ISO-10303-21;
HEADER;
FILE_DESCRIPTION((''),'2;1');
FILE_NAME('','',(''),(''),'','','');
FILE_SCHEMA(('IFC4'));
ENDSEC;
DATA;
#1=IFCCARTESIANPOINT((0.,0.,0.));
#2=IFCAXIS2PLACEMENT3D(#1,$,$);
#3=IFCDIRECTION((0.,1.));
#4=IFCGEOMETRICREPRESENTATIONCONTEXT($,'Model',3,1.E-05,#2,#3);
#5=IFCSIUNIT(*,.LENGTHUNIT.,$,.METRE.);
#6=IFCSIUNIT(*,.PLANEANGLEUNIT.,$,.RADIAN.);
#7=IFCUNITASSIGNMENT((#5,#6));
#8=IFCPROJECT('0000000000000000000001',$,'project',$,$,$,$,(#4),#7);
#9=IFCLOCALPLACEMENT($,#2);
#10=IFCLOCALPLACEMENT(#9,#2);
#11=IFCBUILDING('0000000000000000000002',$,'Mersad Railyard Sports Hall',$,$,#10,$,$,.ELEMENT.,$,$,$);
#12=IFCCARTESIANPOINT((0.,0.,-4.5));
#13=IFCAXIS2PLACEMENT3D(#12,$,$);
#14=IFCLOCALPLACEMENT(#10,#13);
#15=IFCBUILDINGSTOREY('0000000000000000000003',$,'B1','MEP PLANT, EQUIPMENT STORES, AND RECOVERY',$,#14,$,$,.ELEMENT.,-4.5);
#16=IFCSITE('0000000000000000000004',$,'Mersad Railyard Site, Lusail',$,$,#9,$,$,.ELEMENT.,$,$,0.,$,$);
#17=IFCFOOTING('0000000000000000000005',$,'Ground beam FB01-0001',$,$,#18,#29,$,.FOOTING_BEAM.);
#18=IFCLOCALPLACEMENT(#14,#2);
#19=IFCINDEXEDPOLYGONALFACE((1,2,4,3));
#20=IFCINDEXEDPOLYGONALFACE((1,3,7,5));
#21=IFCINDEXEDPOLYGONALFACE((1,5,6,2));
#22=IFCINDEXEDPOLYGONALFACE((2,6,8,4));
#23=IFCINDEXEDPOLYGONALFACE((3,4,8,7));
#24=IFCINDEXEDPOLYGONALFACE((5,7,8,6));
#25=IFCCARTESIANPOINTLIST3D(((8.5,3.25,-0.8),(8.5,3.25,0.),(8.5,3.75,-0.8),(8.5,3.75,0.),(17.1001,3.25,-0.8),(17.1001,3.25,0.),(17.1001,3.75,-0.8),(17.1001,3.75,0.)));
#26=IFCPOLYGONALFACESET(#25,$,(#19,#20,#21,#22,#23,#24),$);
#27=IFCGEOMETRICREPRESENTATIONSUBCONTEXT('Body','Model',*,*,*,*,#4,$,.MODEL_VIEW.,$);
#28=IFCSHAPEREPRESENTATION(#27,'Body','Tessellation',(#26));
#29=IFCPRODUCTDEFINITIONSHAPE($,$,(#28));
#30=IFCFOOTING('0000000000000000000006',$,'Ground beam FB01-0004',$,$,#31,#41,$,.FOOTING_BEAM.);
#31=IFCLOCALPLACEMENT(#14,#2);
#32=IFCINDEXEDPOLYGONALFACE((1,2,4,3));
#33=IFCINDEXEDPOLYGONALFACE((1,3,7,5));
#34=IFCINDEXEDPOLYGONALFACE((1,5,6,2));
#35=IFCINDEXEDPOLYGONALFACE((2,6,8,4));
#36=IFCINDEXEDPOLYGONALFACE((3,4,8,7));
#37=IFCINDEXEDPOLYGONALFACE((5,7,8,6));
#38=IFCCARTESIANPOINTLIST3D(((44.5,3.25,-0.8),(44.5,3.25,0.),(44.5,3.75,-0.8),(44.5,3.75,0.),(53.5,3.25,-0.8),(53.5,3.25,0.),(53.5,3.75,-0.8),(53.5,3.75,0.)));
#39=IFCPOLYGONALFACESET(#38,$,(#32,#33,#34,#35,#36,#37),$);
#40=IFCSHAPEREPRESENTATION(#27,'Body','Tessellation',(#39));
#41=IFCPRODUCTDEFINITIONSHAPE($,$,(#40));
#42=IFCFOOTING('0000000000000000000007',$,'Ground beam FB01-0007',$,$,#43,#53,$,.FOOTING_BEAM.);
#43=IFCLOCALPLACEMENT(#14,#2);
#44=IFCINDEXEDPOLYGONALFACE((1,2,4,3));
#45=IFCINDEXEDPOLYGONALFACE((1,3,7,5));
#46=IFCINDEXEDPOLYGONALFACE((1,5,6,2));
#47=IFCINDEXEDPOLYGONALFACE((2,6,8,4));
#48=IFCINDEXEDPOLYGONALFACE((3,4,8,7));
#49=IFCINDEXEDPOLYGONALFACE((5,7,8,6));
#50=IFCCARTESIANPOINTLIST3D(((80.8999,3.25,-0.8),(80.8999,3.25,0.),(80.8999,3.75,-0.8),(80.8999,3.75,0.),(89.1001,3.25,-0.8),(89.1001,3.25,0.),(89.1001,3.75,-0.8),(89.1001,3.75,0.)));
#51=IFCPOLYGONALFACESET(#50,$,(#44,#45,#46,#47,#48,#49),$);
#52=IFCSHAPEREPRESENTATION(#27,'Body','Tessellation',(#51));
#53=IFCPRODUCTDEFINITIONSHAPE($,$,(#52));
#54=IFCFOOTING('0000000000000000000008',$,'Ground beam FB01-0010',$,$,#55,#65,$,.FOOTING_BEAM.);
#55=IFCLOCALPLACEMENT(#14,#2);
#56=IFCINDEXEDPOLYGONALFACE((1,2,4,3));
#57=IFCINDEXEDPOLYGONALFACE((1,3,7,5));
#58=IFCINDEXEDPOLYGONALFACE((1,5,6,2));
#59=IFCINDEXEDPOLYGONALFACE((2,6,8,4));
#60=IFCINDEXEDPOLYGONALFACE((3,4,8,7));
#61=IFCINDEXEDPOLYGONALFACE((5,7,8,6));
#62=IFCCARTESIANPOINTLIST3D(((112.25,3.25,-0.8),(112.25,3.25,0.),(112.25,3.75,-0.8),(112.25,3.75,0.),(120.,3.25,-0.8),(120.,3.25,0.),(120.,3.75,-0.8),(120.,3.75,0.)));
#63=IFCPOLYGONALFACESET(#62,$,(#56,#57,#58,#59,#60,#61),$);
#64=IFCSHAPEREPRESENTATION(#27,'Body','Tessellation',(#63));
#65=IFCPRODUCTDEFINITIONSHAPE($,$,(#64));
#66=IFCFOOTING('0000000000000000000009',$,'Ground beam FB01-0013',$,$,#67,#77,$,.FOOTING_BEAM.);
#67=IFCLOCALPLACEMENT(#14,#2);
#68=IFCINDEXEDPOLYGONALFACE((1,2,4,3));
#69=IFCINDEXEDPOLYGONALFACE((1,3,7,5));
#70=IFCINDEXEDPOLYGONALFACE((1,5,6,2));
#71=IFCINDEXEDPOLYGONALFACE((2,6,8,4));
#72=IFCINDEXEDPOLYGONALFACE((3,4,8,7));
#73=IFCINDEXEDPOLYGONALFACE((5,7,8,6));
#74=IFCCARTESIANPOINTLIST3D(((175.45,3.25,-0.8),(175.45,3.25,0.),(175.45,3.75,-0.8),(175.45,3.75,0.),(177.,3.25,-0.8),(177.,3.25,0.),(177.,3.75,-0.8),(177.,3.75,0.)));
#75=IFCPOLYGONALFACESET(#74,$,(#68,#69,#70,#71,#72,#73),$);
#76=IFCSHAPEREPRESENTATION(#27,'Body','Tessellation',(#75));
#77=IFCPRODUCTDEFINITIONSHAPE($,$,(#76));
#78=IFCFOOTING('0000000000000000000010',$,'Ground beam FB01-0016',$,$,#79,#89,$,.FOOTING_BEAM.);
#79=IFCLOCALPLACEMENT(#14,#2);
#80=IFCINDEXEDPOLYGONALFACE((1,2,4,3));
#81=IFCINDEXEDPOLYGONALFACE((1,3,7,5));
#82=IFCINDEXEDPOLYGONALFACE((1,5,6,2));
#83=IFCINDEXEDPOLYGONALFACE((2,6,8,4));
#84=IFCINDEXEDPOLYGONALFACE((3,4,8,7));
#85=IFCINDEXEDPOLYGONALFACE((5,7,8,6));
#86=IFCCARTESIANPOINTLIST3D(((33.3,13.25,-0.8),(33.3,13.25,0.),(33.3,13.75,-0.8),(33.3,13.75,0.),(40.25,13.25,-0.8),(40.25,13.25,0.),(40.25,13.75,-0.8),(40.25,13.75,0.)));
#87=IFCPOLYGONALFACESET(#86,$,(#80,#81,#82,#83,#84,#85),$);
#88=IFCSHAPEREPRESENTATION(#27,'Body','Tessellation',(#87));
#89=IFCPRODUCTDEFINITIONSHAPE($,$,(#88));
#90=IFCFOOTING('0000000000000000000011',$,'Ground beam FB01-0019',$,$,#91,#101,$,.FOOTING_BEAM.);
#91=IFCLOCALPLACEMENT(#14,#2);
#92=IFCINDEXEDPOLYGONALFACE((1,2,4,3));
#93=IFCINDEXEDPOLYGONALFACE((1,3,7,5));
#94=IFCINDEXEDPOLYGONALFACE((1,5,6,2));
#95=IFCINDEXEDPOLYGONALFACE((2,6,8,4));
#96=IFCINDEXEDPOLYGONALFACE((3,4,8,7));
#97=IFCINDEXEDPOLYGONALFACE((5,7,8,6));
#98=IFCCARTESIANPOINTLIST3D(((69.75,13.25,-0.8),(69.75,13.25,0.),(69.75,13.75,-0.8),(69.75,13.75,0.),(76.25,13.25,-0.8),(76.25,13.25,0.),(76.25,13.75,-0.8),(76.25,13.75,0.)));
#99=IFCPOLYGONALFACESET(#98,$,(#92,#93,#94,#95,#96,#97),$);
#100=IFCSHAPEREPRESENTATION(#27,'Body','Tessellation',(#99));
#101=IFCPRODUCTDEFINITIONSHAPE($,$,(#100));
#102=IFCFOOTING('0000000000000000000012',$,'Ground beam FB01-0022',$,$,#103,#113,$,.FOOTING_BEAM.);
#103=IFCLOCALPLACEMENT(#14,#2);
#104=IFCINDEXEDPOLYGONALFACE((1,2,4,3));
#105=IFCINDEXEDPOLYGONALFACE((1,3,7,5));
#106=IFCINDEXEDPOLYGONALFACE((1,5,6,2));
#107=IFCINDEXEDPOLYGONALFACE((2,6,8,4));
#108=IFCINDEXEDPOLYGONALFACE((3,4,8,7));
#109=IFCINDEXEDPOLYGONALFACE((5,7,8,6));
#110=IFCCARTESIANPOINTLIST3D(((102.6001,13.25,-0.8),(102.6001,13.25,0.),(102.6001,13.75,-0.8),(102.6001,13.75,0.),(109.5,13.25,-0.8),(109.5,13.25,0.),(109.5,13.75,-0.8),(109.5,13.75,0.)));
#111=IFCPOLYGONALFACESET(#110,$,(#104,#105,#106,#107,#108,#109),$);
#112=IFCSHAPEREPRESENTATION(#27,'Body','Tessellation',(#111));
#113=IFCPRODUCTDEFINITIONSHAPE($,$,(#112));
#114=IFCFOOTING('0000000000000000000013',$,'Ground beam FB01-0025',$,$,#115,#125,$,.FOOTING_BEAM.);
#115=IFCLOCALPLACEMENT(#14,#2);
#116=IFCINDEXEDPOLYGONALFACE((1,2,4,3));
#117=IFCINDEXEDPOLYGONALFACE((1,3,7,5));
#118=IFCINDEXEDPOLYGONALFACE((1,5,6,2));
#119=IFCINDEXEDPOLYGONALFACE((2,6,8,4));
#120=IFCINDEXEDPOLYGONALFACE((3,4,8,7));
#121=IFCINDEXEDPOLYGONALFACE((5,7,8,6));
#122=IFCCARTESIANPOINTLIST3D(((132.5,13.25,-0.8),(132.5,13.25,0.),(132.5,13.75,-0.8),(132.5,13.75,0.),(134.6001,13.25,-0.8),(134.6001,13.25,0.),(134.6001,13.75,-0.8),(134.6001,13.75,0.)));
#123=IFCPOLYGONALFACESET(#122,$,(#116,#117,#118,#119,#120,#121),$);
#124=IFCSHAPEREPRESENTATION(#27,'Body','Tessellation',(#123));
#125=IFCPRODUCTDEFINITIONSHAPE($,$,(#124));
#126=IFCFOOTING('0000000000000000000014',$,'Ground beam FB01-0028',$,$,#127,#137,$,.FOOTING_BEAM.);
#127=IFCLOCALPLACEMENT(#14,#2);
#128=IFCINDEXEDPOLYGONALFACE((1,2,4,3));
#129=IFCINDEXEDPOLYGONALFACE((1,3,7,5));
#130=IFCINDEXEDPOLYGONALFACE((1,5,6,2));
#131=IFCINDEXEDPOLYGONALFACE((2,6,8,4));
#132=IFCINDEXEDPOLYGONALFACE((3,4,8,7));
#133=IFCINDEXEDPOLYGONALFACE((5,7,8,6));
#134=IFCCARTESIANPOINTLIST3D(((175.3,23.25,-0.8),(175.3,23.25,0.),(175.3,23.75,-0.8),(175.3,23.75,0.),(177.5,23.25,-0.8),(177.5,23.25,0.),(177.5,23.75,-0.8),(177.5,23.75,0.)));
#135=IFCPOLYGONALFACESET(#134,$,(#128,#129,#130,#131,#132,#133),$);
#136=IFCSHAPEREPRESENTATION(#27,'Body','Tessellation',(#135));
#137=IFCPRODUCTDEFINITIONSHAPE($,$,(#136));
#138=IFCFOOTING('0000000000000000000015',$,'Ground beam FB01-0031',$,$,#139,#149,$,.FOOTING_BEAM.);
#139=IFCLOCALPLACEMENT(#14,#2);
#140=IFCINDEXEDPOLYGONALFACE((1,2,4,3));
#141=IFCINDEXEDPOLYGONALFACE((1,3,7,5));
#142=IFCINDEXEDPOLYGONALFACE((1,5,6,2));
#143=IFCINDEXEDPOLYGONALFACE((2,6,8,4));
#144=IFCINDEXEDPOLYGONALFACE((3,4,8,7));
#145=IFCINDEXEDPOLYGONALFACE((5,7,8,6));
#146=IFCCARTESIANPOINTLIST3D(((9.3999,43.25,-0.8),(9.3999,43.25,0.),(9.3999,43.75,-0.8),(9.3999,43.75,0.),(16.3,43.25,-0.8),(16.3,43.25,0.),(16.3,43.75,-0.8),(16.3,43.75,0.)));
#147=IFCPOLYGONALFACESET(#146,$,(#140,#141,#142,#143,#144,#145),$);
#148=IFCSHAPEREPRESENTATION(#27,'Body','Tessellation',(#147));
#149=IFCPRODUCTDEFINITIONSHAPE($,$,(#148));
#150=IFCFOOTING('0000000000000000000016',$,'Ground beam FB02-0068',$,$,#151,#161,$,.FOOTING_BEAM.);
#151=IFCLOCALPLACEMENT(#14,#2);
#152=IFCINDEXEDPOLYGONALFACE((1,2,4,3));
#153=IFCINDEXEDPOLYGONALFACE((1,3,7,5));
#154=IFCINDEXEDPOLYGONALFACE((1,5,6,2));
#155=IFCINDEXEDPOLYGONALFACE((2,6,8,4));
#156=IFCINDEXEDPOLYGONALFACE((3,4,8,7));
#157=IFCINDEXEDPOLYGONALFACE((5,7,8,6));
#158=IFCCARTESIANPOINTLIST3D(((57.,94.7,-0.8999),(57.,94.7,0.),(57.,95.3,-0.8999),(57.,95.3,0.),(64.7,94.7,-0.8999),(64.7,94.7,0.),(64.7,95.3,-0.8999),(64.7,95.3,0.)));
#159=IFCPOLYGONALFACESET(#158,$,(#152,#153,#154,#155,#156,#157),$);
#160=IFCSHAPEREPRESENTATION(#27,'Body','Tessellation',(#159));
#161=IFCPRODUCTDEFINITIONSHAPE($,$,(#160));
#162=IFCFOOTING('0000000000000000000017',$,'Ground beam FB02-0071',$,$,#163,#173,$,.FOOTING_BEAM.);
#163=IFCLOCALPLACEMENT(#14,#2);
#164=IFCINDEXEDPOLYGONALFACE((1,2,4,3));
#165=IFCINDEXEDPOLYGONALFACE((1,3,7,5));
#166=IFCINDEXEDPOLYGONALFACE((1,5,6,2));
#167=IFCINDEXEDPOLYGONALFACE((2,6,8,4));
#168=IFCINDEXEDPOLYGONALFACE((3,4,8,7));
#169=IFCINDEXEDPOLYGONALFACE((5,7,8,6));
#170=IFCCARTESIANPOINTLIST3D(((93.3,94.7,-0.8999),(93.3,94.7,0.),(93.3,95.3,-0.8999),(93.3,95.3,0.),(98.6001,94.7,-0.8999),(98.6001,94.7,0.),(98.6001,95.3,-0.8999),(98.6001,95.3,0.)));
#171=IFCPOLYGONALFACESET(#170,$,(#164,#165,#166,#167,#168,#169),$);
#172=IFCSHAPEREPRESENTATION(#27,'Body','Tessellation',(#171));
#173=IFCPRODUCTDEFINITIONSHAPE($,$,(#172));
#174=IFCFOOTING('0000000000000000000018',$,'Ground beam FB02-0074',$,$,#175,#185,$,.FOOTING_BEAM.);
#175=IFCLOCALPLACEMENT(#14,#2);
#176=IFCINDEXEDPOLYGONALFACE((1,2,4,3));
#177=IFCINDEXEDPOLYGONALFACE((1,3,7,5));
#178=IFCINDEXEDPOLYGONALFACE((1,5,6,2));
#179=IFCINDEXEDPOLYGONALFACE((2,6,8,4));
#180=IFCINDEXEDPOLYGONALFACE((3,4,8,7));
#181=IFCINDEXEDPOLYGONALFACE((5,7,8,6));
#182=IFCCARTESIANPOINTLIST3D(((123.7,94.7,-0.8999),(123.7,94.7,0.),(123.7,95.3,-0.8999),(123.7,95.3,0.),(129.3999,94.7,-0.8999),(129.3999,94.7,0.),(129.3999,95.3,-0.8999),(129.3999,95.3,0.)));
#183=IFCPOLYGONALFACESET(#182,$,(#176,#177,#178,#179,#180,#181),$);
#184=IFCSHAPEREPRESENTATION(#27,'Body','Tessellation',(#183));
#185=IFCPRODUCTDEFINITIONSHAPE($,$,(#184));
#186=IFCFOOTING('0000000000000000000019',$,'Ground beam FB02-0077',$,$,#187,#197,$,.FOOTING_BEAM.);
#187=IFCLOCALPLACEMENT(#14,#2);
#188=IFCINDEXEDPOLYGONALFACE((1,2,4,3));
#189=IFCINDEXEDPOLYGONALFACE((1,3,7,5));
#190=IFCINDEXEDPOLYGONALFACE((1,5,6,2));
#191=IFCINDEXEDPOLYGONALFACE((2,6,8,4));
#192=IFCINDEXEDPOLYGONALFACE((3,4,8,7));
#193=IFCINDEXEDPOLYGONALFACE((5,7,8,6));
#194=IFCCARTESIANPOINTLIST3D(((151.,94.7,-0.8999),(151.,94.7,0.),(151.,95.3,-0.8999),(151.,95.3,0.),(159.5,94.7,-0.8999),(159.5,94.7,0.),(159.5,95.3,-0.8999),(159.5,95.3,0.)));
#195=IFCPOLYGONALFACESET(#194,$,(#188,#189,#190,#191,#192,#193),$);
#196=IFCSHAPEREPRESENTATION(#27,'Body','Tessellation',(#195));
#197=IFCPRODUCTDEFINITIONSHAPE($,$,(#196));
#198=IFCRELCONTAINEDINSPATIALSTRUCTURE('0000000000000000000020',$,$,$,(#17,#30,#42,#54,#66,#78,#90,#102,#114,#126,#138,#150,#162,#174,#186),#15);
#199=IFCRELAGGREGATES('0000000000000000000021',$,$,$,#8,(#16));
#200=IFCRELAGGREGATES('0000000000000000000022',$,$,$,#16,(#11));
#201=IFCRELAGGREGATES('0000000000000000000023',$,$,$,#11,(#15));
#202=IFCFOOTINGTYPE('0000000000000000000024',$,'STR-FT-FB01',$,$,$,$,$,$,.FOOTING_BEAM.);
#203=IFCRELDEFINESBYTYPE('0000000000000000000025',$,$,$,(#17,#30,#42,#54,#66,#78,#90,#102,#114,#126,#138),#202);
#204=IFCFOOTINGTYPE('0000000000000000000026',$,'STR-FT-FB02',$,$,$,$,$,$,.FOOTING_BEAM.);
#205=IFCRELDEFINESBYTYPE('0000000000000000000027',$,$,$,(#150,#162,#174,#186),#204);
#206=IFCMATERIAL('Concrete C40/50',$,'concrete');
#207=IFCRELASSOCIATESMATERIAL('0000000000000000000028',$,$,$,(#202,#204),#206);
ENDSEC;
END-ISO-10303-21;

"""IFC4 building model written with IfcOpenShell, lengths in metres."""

from ifc_helpers import new_model, si_unit, direction, frame, origin, place, context, subcontext, project, spatial, polyline, outline, extrude, material, type_object, element, save


model = new_model("IFC4")

# Units and contexts
model_context = context("Model", 3, precision=1e-05, world=origin(), true_north=direction((0.0, 1.0)))
body_context = subcontext(model_context, "Body", "Model", "MODEL_VIEW")
ifc_project = project(units=[si_unit("LENGTHUNIT", "METRE"), si_unit("PLANEANGLEUNIT", "RADIAN")], contexts=[model_context])

# Site, building, storey
site_placement = place(None, origin())
site = spatial("IfcSite", under=ifc_project, at=site_placement, Name="Mersad Railyard Site, Lusail", CompositionType="ELEMENT", RefElevation=0.0)
building_placement = place(site_placement, origin())
building = spatial("IfcBuilding", under=site, at=building_placement, Name="Mersad Railyard Sports Hall", CompositionType="ELEMENT")
storey_placement = place(building_placement, frame((0.0, 0.0, -4.5)))
storey = spatial("IfcBuildingStorey", under=building, at=storey_placement, Name="B1", Description="MEP PLANT, EQUIPMENT STORES, AND RECOVERY", CompositionType="ELEMENT", Elevation=-4.5)

# Footings
ifc_material = material(Name="Concrete C40/50", Category="concrete")
footing_type_1 = type_object("IfcFootingType", Name="STR-FT-FB01", PredefinedType="FOOTING_BEAM", material=ifc_material)
footing_1_placement = place(storey_placement, frame((0.0, 0.0, -0.8)))
element("IfcFooting", 1, at=footing_1_placement, inside=storey, type_object=footing_type_1, Name="Ground beam FB01-0001", PredefinedType="FOOTING_BEAM", context=body_context, shape_type="SweptSolid", body=[
    extrude(outline(polyline([(8.5, 3.25), (17.1001, 3.25), (17.1001, 3.75), (8.5, 3.75), (8.5, 3.25)])), origin(), (0.0, 0.0, 1.0), 0.8),
])
footing_2_placement = place(storey_placement, frame((0.0, 0.0, -0.8)))
element("IfcFooting", 2, at=footing_2_placement, inside=storey, type_object=footing_type_1, Name="Ground beam FB01-0004", PredefinedType="FOOTING_BEAM", context=body_context, shape_type="SweptSolid", body=[
    extrude(outline(polyline([(44.5, 3.25), (53.5, 3.25), (53.5, 3.75), (44.5, 3.75), (44.5, 3.25)])), origin(), (0.0, 0.0, 1.0), 0.8),
])
footing_3_placement = place(storey_placement, frame((0.0, 0.0, -0.8)))
element("IfcFooting", 3, at=footing_3_placement, inside=storey, type_object=footing_type_1, Name="Ground beam FB01-0007", PredefinedType="FOOTING_BEAM", context=body_context, shape_type="SweptSolid", body=[
    extrude(outline(polyline([(80.8999, 3.25), (89.1001, 3.25), (89.1001, 3.75), (80.8999, 3.75), (80.8999, 3.25)])), origin(), (0.0, 0.0, 1.0), 0.8),
])
footing_4_placement = place(storey_placement, frame((0.0, 0.0, -0.8)))
element("IfcFooting", 4, at=footing_4_placement, inside=storey, type_object=footing_type_1, Name="Ground beam FB01-0010", PredefinedType="FOOTING_BEAM", context=body_context, shape_type="SweptSolid", body=[
    extrude(outline(polyline([(112.25, 3.25), (120.0, 3.25), (120.0, 3.75), (112.25, 3.75), (112.25, 3.25)])), origin(), (0.0, 0.0, 1.0), 0.8),
])
footing_5_placement = place(storey_placement, frame((0.0, 0.0, -0.8)))
element("IfcFooting", 5, at=footing_5_placement, inside=storey, type_object=footing_type_1, Name="Ground beam FB01-0013", PredefinedType="FOOTING_BEAM", context=body_context, shape_type="SweptSolid", body=[
    extrude(outline(polyline([(175.45, 3.25), (177.0, 3.25), (177.0, 3.75), (175.45, 3.75), (175.45, 3.25)])), origin(), (0.0, 0.0, 1.0), 0.8),
])
footing_6_placement = place(storey_placement, frame((0.0, 0.0, -0.8)))
element("IfcFooting", 6, at=footing_6_placement, inside=storey, type_object=footing_type_1, Name="Ground beam FB01-0016", PredefinedType="FOOTING_BEAM", context=body_context, shape_type="SweptSolid", body=[
    extrude(outline(polyline([(33.3, 13.25), (40.25, 13.25), (40.25, 13.75), (33.3, 13.75), (33.3, 13.25)])), origin(), (0.0, 0.0, 1.0), 0.8),
])
footing_7_placement = place(storey_placement, frame((0.0, 0.0, -0.8)))
element("IfcFooting", 7, at=footing_7_placement, inside=storey, type_object=footing_type_1, Name="Ground beam FB01-0019", PredefinedType="FOOTING_BEAM", context=body_context, shape_type="SweptSolid", body=[
    extrude(outline(polyline([(69.75, 13.25), (76.25, 13.25), (76.25, 13.75), (69.75, 13.75), (69.75, 13.25)])), origin(), (0.0, 0.0, 1.0), 0.8),
])
footing_8_placement = place(storey_placement, frame((0.0, 0.0, -0.8)))
element("IfcFooting", 8, at=footing_8_placement, inside=storey, type_object=footing_type_1, Name="Ground beam FB01-0022", PredefinedType="FOOTING_BEAM", context=body_context, shape_type="SweptSolid", body=[
    extrude(outline(polyline([(102.6001, 13.25), (109.5, 13.25), (109.5, 13.75), (102.6001, 13.75), (102.6001, 13.25)])), origin(), (0.0, 0.0, 1.0), 0.8),
])
footing_9_placement = place(storey_placement, frame((0.0, 0.0, -0.8)))
element("IfcFooting", 9, at=footing_9_placement, inside=storey, type_object=footing_type_1, Name="Ground beam FB01-0025", PredefinedType="FOOTING_BEAM", context=body_context, shape_type="SweptSolid", body=[
    extrude(outline(polyline([(132.5, 13.25), (134.6001, 13.25), (134.6001, 13.75), (132.5, 13.75), (132.5, 13.25)])), origin(), (0.0, 0.0, 1.0), 0.8),
])
footing_10_placement = place(storey_placement, frame((0.0, 0.0, -0.8)))
element("IfcFooting", 10, at=footing_10_placement, inside=storey, type_object=footing_type_1, Name="Ground beam FB01-0028", PredefinedType="FOOTING_BEAM", context=body_context, shape_type="SweptSolid", body=[
    extrude(outline(polyline([(175.3, 23.25), (177.5, 23.25), (177.5, 23.75), (175.3, 23.75), (175.3, 23.25)])), origin(), (0.0, 0.0, 1.0), 0.8),
])
footing_11_placement = place(storey_placement, frame((0.0, 0.0, -0.8)))
element("IfcFooting", 11, at=footing_11_placement, inside=storey, type_object=footing_type_1, Name="Ground beam FB01-0031", PredefinedType="FOOTING_BEAM", context=body_context, shape_type="SweptSolid", body=[
    extrude(outline(polyline([(9.3999, 43.25), (16.3, 43.25), (16.3, 43.75), (9.3999, 43.75), (9.3999, 43.25)])), origin(), (0.0, 0.0, 1.0), 0.8),
])
footing_type_2 = type_object("IfcFootingType", Name="STR-FT-FB02", PredefinedType="FOOTING_BEAM", material=ifc_material)
footing_12_placement = place(storey_placement, frame((0.0, 0.0, -0.8999)))
element("IfcFooting", 12, at=footing_12_placement, inside=storey, type_object=footing_type_2, Name="Ground beam FB02-0068", PredefinedType="FOOTING_BEAM", context=body_context, shape_type="SweptSolid", body=[
    extrude(outline(polyline([(57.0, 94.7), (64.7, 94.7), (64.7, 95.3), (57.0, 95.3), (57.0, 94.7)])), origin(), (0.0, 0.0, 1.0), 0.8999),
])
footing_13_placement = place(storey_placement, frame((0.0, 0.0, -0.8999)))
element("IfcFooting", 13, at=footing_13_placement, inside=storey, type_object=footing_type_2, Name="Ground beam FB02-0071", PredefinedType="FOOTING_BEAM", context=body_context, shape_type="SweptSolid", body=[
    extrude(outline(polyline([(93.3, 94.7), (98.6001, 94.7), (98.6001, 95.3), (93.3, 95.3), (93.3, 94.7)])), origin(), (0.0, 0.0, 1.0), 0.8999),
])
footing_14_placement = place(storey_placement, frame((0.0, 0.0, -0.8999)))
element("IfcFooting", 14, at=footing_14_placement, inside=storey, type_object=footing_type_2, Name="Ground beam FB02-0074", PredefinedType="FOOTING_BEAM", context=body_context, shape_type="SweptSolid", body=[
    extrude(outline(polyline([(123.7, 94.7), (129.3999, 94.7), (129.3999, 95.3), (123.7, 95.3), (123.7, 94.7)])), origin(), (0.0, 0.0, 1.0), 0.8999),
])
footing_15_placement = place(storey_placement, frame((0.0, 0.0, -0.8999)))
element("IfcFooting", 15, at=footing_15_placement, inside=storey, type_object=footing_type_2, Name="Ground beam FB02-0077", PredefinedType="FOOTING_BEAM", context=body_context, shape_type="SweptSolid", body=[
    extrude(outline(polyline([(151.0, 94.7), (159.5, 94.7), (159.5, 95.3), (151.0, 95.3), (151.0, 94.7)])), origin(), (0.0, 0.0, 1.0), 0.8999),
])

save(model, "model.ifc")
